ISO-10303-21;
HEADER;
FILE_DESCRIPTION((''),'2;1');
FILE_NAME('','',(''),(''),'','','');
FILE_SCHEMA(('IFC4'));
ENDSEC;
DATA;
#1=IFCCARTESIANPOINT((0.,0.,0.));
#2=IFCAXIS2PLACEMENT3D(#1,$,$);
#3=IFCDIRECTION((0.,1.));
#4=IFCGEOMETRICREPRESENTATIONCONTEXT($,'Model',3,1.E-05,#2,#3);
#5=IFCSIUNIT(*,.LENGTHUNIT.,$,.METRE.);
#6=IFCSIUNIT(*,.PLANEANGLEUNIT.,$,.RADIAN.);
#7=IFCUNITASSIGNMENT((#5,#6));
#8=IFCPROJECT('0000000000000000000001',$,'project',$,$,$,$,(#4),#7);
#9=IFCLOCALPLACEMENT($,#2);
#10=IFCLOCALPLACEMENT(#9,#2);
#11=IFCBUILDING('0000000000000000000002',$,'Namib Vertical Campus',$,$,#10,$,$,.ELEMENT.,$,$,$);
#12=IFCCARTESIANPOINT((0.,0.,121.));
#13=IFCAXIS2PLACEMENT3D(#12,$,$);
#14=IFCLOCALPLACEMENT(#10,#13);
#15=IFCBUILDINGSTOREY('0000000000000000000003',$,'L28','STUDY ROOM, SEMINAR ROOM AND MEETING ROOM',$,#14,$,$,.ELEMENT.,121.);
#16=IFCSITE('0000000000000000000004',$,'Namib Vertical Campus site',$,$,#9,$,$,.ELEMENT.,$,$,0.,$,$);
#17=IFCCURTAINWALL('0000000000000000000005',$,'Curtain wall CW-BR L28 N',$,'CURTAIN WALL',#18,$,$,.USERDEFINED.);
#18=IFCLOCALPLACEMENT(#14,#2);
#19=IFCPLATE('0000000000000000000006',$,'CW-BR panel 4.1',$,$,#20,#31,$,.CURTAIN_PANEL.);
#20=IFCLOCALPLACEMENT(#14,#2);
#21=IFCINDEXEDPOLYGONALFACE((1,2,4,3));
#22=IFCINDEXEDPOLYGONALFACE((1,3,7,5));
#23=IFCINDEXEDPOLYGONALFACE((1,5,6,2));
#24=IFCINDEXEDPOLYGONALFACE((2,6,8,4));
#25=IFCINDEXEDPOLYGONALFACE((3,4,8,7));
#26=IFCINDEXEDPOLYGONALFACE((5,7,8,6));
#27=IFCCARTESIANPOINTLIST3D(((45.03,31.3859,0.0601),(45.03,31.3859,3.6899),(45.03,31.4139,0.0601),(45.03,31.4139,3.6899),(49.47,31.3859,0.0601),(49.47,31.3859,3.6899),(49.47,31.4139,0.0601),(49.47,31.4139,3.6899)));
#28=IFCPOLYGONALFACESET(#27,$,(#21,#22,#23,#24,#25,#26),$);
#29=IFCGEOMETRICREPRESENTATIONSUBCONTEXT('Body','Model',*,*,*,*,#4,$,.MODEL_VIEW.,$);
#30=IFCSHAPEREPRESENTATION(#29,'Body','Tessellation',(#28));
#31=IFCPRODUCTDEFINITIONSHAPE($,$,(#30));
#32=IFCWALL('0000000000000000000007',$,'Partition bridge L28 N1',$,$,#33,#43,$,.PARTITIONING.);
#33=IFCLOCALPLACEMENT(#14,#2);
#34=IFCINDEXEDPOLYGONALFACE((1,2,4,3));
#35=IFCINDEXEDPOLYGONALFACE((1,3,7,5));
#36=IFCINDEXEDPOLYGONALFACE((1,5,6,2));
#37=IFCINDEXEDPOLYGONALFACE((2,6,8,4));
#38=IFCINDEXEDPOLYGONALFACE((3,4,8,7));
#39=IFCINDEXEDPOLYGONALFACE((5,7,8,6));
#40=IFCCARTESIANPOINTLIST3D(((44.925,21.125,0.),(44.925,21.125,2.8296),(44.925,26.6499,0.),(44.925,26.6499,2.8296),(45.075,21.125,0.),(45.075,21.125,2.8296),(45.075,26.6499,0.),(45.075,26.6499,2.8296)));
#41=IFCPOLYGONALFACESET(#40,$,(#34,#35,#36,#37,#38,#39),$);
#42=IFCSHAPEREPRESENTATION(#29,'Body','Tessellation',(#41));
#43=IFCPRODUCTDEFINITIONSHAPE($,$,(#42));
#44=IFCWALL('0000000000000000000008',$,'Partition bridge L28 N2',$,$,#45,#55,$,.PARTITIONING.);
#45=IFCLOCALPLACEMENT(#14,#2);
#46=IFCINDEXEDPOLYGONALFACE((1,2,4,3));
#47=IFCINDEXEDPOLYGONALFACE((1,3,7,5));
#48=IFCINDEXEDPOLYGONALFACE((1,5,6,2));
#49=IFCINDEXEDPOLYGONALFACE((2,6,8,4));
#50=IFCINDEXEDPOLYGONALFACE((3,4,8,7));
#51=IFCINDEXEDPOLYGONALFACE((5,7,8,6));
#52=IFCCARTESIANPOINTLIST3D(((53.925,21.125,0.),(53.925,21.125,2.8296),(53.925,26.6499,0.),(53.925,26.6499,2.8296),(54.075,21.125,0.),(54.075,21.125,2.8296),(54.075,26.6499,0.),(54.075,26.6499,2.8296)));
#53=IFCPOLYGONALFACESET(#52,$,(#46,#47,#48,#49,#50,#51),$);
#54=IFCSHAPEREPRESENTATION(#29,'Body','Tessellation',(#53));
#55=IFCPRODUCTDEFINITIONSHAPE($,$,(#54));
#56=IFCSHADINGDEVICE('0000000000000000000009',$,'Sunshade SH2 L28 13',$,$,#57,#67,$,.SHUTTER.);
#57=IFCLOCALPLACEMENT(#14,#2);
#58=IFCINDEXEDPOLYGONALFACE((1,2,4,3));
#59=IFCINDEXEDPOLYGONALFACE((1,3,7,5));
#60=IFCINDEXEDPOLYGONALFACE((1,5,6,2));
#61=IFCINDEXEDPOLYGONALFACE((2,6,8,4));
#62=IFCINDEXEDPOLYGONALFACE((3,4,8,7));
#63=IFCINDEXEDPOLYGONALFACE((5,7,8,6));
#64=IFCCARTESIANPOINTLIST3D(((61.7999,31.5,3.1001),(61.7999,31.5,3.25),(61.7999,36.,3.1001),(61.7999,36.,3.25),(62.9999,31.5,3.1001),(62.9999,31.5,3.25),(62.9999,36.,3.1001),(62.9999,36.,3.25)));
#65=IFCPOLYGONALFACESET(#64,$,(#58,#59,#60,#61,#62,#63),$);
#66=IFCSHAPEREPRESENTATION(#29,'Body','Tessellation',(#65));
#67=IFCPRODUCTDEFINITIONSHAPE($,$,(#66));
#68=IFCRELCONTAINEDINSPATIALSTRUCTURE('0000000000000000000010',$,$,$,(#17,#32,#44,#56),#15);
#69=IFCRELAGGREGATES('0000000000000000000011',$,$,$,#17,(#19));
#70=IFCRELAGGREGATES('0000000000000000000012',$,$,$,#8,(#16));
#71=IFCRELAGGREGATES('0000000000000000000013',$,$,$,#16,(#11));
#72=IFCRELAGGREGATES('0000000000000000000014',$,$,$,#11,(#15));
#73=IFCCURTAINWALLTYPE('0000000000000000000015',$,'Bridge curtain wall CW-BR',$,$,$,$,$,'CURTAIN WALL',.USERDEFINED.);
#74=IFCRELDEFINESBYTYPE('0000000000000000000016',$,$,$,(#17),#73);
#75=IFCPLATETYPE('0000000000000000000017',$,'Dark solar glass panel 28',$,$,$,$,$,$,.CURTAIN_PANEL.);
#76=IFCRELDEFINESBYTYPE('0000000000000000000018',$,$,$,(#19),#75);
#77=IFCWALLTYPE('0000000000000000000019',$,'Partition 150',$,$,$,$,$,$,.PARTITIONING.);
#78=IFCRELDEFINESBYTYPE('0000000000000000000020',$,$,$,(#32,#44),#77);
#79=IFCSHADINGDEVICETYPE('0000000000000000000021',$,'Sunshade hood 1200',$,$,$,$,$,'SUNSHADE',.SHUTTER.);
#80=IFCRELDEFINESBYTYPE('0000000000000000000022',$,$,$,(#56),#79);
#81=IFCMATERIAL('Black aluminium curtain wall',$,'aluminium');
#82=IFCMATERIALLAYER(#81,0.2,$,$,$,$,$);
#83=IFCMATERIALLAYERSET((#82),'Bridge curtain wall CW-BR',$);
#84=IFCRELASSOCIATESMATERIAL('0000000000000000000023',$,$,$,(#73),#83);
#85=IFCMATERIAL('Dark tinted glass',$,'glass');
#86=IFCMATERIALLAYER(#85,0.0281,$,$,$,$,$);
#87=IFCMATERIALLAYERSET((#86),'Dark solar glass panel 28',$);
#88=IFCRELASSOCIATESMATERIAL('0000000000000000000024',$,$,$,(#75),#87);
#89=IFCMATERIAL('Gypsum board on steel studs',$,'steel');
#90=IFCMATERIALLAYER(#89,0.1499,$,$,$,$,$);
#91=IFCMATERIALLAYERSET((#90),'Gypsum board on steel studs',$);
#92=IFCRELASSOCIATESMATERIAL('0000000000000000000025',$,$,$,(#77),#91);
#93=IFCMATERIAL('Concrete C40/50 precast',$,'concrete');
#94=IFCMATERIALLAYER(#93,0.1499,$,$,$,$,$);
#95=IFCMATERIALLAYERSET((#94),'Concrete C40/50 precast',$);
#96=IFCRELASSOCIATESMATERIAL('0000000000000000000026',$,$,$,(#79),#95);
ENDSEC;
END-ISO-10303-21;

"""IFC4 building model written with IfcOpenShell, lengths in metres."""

from ifc_helpers import new_model, si_unit, direction, frame, frame_2d, origin, origin_2d, place, context, subcontext, project, spatial, rectangle, extrude, material, layer, layer_set, type_object, element, aggregate, save


model = new_model("IFC4")

# Units and contexts
model_context = context("Model", 3, precision=1e-05, world=origin(), true_north=direction((0.0, 1.0)))
body_context = subcontext(model_context, "Body", "Model", "MODEL_VIEW")
ifc_project = project(units=[si_unit("LENGTHUNIT", "METRE"), si_unit("PLANEANGLEUNIT", "RADIAN")], contexts=[model_context])

# Site, building, storey
site_placement = place(None, origin())
site = spatial("IfcSite", under=ifc_project, at=site_placement, Name="Namib Vertical Campus site", CompositionType="ELEMENT", RefElevation=0.0)
building_placement = place(site_placement, origin())
building = spatial("IfcBuilding", under=site, at=building_placement, Name="Namib Vertical Campus", CompositionType="ELEMENT")
storey_placement = place(building_placement, frame((0.0, 0.0, 121.0)))
storey = spatial("IfcBuildingStorey", under=building, at=storey_placement, Name="L28", Description="STUDY ROOM, SEMINAR ROOM AND MEETING ROOM", CompositionType="ELEMENT", Elevation=121.0)

# Curtain wall, plate
ifc_material_1 = material(Name="Black aluminium curtain wall", Category="aluminium")
ifc_layer_1 = layer(ifc_material_1, 0.2)
ifc_layer_set_1 = layer_set([ifc_layer_1], Name="Bridge curtain wall CW-BR")
curtain_wall_type = type_object("IfcCurtainWallType", Name="Bridge curtain wall CW-BR", ElementType="CURTAIN WALL", PredefinedType="USERDEFINED", material=ifc_layer_set_1)
curtain_wall_placement = place(storey_placement, origin())
curtain_wall = element("IfcCurtainWall", 1, at=curtain_wall_placement, inside=storey, type_object=curtain_wall_type, Name="Curtain wall CW-BR L28 N", ObjectType="CURTAIN WALL", PredefinedType="USERDEFINED")
ifc_material_2 = material(Name="Dark tinted glass", Category="glass")
ifc_layer_2 = layer(ifc_material_2, 0.0281)
ifc_layer_set_2 = layer_set([ifc_layer_2], Name="Dark solar glass panel 28")
plate_type = type_object("IfcPlateType", Name="Dark solar glass panel 28", PredefinedType="CURTAIN_PANEL", material=ifc_layer_set_2)
plate_1_placement = place(storey_placement, frame((47.25, 31.3999, 0.0601), z_axis=(0.0, 0.0, 1.0), x_axis=(-1.0, 0.0, 0.0)))
plate_1 = element("IfcPlate", 2, at=plate_1_placement, type_object=plate_type, Name="CW-BR panel 4.1", PredefinedType="CURTAIN_PANEL", context=body_context, shape_type="SweptSolid", body=[
    extrude(rectangle(XDim=4.4399, YDim=0.0281, at=origin_2d()), origin(), (0.0, 0.0, 1.0), 3.6299),
])
aggregate(curtain_wall, [plate_1])

# Walls
ifc_material_3 = material(Name="Gypsum board on steel studs", Category="steel")
ifc_layer_3 = layer(ifc_material_3, 0.1499)
ifc_layer_set_3 = layer_set([ifc_layer_3], Name="Gypsum board on steel studs")
wall_type = type_object("IfcWallType", Name="Partition 150", PredefinedType="PARTITIONING", material=ifc_layer_set_3)
for number, where, z_axis, x_axis, name in (
    (3, (45.0, 26.6499, 0.0), (0.0, 0.0, 1.0), (0.0, -1.0, 0.0), "Partition bridge L28 N1"),
    (4, (54.0, 26.6499, 0.0), (0.0, 0.0, 1.0), (0.0, -1.0, 0.0), "Partition bridge L28 N2"),
):
    element("IfcWall", number, at=place(storey_placement, frame(where, z_axis=z_axis, x_axis=x_axis)), inside=storey, type_object=wall_type, Name=name, PredefinedType="PARTITIONING", context=body_context, shape_type="SweptSolid", body=[
        extrude(rectangle(XDim=5.5249, YDim=0.1499, at=frame_2d((2.7625, 0.0))), origin(), (0.0, 0.0, 1.0), 2.8296),
    ])

# Shading device
ifc_material_4 = material(Name="Concrete C40/50 precast", Category="concrete")
ifc_layer_4 = layer(ifc_material_4, 0.1499)
ifc_layer_set_4 = layer_set([ifc_layer_4], Name="Concrete C40/50 precast")
shading_device_type = type_object("IfcShadingDeviceType", Name="Sunshade hood 1200", ElementType="SUNSHADE", PredefinedType="SHUTTER", material=ifc_layer_set_4)
shading_device_placement = place(storey_placement, frame((62.3999, 33.75, 3.1001), z_axis=(0.0, 0.0, 1.0), x_axis=(0.0, -1.0, 0.0)))
element("IfcShadingDevice", 5, at=shading_device_placement, inside=storey, type_object=shading_device_type, Name="Sunshade SH2 L28 13", PredefinedType="SHUTTER", context=body_context, shape_type="SweptSolid", body=[
    extrude(rectangle(XDim=4.5, YDim=1.2, at=origin_2d()), origin(), (0.0, 0.0, 1.0), 0.1499),
])

save(model, "model.ifc")
